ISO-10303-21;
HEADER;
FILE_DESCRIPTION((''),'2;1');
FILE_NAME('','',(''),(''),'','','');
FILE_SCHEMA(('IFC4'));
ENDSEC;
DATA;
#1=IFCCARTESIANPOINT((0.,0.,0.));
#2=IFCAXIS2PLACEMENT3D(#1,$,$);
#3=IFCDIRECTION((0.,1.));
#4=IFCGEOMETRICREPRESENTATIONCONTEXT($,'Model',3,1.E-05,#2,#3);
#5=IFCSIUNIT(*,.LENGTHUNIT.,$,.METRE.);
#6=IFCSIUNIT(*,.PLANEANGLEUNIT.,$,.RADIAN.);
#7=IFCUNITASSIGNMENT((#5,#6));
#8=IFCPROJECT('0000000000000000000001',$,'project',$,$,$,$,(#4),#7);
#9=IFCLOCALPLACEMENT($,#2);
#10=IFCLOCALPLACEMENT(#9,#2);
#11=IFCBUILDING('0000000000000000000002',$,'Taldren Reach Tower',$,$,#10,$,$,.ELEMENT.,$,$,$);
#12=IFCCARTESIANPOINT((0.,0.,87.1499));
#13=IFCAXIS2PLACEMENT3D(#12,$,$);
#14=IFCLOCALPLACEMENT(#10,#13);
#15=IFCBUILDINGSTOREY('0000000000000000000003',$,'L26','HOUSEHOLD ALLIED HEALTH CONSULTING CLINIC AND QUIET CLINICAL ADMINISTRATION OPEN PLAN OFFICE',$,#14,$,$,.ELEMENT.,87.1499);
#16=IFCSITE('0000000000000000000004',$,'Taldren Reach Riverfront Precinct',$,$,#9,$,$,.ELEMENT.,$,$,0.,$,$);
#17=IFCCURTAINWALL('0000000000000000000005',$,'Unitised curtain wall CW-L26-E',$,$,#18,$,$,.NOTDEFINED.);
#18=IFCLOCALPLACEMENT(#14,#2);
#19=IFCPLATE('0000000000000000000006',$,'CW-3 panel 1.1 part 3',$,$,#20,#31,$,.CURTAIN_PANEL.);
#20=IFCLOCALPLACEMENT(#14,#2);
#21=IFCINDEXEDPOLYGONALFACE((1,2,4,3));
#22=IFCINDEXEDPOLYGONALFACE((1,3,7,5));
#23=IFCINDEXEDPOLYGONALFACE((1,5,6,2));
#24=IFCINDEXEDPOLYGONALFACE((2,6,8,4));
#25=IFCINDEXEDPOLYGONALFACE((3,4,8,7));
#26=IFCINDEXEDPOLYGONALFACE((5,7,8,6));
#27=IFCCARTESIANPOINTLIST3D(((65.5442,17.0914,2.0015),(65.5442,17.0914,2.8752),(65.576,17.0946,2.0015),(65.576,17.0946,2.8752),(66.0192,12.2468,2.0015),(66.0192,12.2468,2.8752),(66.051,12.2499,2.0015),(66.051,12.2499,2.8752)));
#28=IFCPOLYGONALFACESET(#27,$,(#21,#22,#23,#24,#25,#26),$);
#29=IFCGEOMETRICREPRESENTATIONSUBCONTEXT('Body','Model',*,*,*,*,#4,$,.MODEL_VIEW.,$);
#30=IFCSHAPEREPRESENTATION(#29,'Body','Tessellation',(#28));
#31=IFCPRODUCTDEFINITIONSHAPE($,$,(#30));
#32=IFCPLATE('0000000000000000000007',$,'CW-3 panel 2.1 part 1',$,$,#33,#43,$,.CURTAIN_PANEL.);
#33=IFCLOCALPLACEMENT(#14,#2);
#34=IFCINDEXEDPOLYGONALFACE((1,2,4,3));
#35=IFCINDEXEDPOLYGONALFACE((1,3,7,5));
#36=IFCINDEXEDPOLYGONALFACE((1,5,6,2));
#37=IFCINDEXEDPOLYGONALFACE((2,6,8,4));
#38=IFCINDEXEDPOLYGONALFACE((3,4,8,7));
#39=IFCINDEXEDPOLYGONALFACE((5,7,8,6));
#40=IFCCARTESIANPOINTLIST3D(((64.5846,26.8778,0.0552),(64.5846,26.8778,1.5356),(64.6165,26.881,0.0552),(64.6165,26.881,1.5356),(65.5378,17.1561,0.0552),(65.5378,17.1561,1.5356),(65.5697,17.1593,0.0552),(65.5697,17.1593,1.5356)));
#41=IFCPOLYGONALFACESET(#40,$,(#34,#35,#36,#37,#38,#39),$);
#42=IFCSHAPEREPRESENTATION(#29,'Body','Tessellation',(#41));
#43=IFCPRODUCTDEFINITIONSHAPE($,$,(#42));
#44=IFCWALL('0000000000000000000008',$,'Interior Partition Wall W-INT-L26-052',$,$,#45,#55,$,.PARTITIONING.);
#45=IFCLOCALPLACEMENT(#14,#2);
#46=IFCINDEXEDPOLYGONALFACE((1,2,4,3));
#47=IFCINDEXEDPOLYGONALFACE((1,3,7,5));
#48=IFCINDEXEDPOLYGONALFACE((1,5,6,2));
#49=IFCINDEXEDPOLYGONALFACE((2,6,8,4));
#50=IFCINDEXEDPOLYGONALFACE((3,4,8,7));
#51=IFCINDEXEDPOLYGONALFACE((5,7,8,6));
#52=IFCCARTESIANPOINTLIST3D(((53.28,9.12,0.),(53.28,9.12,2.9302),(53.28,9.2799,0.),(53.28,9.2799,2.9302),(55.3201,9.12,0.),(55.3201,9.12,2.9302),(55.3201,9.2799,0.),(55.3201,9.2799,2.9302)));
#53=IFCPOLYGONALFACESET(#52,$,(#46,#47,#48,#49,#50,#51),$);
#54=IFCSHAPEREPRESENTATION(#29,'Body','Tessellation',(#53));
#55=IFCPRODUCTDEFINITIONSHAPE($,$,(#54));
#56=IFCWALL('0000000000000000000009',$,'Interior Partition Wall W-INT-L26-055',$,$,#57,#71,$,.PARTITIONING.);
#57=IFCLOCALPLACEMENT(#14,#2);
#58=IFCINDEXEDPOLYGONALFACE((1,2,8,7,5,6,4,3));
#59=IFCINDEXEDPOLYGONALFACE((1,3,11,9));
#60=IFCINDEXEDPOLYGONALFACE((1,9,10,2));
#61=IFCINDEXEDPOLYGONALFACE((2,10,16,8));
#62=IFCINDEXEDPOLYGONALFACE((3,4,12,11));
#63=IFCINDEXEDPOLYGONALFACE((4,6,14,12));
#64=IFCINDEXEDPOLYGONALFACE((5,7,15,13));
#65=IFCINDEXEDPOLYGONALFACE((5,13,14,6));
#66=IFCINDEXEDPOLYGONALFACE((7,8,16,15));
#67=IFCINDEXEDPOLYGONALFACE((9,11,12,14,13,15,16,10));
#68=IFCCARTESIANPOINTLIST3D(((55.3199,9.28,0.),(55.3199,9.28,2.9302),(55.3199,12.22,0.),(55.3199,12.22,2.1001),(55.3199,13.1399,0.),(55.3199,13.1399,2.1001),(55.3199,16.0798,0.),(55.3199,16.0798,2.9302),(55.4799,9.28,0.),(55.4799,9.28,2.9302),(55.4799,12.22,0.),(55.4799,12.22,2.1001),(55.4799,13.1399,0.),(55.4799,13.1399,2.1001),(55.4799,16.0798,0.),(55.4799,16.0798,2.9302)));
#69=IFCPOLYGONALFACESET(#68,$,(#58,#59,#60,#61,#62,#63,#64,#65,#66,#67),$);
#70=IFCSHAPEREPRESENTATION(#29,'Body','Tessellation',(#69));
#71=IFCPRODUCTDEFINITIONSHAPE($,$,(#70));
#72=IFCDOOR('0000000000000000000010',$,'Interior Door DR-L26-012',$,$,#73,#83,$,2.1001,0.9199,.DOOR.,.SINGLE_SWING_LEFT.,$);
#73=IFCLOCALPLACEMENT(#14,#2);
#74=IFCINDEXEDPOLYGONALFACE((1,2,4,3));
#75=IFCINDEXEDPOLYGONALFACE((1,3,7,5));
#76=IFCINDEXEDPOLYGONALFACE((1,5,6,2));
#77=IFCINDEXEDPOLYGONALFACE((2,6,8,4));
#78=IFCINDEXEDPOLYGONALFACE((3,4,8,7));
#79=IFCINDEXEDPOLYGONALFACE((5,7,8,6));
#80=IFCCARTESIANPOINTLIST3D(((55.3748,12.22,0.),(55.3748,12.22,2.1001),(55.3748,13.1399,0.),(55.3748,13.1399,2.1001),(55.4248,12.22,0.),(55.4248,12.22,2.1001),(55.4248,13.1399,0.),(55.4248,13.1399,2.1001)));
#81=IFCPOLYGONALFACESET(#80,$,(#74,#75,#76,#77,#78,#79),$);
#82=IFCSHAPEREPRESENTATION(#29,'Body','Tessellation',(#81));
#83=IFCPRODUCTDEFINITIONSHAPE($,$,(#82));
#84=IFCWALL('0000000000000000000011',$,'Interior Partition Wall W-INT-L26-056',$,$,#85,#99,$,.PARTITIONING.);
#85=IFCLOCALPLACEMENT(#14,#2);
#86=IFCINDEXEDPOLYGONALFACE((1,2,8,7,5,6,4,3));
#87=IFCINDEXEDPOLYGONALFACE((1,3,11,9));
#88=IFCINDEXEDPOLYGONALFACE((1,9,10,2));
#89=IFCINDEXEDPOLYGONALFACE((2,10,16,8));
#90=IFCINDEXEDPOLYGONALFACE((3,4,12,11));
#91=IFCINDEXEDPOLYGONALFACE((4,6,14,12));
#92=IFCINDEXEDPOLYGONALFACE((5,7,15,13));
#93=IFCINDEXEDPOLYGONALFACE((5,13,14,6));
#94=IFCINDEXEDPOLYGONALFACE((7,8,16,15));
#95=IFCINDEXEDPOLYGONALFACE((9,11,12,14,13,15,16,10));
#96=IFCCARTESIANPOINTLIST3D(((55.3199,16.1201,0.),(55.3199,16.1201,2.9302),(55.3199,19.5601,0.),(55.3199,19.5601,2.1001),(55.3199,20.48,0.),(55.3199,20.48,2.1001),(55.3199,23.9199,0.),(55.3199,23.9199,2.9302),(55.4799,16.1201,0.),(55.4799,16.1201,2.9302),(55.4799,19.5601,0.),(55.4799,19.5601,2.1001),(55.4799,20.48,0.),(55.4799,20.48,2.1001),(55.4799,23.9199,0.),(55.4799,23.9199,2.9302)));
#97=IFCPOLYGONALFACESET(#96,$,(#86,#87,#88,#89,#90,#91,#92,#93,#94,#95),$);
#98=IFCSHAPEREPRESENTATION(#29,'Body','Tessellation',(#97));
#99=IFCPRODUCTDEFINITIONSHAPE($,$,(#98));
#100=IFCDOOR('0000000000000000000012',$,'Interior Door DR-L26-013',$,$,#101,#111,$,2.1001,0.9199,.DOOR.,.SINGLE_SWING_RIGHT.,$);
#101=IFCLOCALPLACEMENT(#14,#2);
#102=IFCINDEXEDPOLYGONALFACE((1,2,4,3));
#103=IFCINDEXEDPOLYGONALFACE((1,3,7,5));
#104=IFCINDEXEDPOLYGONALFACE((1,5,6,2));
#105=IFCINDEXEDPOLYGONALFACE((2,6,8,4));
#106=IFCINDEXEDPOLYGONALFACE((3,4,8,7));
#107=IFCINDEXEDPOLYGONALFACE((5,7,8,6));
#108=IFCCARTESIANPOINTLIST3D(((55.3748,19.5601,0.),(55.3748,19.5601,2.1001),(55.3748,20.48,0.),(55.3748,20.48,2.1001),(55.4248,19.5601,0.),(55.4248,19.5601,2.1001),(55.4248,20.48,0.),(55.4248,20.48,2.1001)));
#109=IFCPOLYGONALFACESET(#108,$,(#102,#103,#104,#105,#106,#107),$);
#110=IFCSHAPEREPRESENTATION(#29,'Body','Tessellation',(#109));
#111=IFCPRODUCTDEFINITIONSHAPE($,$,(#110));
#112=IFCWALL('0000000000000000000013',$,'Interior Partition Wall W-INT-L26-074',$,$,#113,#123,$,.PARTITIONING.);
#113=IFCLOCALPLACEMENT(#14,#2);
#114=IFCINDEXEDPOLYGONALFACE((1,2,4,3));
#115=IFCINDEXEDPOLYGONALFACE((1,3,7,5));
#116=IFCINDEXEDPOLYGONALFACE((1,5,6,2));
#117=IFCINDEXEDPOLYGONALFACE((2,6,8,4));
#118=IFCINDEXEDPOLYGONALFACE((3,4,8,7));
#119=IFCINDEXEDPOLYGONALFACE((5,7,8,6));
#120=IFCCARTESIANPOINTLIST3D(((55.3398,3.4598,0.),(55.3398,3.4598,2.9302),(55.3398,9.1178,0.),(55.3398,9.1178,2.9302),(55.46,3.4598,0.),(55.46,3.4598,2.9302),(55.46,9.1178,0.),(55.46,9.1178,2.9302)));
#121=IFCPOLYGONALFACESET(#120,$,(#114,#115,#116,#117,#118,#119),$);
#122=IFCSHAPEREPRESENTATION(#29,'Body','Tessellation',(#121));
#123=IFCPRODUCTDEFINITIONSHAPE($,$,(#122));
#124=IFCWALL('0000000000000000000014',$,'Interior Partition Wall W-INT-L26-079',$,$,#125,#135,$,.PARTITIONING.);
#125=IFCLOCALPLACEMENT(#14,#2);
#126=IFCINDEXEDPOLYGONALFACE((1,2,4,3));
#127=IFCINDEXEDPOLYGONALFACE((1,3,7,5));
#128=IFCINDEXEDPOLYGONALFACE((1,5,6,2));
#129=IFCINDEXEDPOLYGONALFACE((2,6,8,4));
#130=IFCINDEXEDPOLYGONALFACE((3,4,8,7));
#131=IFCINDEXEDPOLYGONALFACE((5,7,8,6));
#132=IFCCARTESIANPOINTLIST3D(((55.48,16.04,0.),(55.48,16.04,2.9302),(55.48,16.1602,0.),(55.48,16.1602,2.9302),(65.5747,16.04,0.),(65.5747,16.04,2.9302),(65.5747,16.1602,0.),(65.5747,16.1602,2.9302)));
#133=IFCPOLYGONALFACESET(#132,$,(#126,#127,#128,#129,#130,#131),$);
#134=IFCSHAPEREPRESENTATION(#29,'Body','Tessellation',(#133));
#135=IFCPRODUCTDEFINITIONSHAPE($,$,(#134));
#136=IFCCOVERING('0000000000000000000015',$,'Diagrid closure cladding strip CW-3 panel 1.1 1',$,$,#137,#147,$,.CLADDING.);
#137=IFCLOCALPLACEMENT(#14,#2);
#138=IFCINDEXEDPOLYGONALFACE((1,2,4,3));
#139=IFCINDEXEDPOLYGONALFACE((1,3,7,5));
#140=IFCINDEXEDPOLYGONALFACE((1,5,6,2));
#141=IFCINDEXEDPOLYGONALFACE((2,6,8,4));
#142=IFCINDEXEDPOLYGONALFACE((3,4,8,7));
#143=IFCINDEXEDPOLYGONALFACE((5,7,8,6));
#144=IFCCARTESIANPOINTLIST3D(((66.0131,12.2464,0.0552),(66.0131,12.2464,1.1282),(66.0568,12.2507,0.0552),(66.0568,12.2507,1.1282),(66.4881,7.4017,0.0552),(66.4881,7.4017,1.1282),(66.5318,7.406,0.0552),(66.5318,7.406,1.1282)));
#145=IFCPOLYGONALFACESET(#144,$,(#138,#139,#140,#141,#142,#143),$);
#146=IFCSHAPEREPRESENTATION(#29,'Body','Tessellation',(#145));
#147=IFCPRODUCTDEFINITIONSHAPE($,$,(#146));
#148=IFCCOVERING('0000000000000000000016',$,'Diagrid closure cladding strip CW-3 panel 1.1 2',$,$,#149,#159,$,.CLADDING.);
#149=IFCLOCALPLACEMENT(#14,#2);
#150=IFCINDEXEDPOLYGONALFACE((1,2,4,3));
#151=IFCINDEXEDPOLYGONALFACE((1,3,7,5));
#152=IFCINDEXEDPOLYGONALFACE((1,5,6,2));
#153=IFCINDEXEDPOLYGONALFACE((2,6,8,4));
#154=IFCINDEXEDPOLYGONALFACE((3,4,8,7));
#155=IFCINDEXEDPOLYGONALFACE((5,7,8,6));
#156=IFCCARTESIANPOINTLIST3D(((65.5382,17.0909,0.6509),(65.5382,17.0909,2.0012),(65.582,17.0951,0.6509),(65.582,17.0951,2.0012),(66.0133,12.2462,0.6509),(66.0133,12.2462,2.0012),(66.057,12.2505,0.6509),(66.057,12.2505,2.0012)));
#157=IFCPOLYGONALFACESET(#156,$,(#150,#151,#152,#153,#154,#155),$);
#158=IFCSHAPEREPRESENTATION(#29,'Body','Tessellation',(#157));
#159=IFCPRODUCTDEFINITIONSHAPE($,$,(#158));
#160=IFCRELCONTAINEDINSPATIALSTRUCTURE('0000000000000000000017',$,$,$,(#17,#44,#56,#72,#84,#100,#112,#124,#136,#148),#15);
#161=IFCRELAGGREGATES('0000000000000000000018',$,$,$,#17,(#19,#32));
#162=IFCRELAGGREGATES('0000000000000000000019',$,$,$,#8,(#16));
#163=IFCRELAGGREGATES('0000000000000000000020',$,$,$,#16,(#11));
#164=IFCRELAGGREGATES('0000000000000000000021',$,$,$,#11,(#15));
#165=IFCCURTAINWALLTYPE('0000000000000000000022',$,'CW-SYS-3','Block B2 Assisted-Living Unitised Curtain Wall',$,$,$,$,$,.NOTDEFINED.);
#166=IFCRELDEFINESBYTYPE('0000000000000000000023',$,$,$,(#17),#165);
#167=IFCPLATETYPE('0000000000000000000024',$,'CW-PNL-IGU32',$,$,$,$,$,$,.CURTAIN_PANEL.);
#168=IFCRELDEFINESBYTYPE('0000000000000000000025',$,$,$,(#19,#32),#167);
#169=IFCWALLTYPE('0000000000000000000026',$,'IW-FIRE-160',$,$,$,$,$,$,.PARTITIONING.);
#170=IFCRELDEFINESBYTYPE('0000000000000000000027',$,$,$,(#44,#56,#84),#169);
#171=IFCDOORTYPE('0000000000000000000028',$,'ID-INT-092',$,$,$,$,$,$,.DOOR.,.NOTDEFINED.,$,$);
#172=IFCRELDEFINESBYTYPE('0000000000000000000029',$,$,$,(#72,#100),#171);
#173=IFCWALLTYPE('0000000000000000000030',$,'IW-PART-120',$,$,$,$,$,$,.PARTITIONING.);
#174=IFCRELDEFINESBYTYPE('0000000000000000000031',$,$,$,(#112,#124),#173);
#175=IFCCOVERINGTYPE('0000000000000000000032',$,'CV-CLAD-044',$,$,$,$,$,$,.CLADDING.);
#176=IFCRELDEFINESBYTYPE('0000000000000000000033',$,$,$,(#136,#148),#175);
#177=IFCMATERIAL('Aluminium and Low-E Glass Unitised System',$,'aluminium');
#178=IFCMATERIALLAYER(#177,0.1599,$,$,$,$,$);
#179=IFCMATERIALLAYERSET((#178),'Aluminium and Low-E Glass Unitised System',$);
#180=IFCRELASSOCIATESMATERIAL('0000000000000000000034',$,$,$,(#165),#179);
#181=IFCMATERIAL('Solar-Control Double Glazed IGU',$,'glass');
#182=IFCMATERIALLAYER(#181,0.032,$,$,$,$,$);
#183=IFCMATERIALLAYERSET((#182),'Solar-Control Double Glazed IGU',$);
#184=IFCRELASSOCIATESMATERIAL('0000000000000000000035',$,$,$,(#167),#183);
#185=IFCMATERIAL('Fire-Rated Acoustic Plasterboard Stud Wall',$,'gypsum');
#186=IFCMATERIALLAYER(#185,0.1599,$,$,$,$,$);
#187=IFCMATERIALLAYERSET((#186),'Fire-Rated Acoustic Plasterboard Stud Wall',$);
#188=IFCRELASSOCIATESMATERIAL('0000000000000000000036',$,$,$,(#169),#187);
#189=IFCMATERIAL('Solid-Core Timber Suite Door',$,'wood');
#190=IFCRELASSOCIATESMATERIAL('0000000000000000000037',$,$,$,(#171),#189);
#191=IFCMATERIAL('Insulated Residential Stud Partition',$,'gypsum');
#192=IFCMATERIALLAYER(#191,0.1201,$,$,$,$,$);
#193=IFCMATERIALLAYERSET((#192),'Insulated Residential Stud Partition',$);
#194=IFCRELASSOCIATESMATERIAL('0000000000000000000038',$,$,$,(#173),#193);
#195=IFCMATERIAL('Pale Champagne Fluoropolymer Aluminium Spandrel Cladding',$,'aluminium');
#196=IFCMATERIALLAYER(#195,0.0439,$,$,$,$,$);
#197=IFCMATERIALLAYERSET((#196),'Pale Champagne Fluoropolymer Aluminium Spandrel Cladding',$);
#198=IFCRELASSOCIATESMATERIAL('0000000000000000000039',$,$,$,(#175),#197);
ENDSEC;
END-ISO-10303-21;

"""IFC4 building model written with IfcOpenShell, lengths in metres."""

from ifc_helpers import new_model, si_unit, direction, frame, frame_2d, origin, origin_2d, place, context, subcontext, project, spatial, rectangle, extrude, source, transform, mapped, material, layer, layer_set, type_object, element, fill, aggregate, save


model = new_model("IFC4")

# Units and contexts
model_context = context("Model", 3, precision=1e-05, world=origin(), true_north=direction((0.0, 1.0)))
body_context = subcontext(model_context, "Body", "Model", "MODEL_VIEW")
ifc_project = project(units=[si_unit("LENGTHUNIT", "METRE"), si_unit("PLANEANGLEUNIT", "RADIAN")], contexts=[model_context])

# Site, building, storey
site_placement = place(None, origin())
site = spatial("IfcSite", under=ifc_project, at=site_placement, Name="Taldren Reach Riverfront Precinct", CompositionType="ELEMENT", RefElevation=0.0)
building_placement = place(site_placement, origin())
building = spatial("IfcBuilding", under=site, at=building_placement, Name="Taldren Reach Tower", CompositionType="ELEMENT")
storey_placement = place(building_placement, frame((0.0, 0.0, 87.1499)))
storey = spatial("IfcBuildingStorey", under=building, at=storey_placement, Name="L26", Description="HOUSEHOLD ALLIED HEALTH CONSULTING CLINIC AND QUIET CLINICAL ADMINISTRATION OPEN PLAN OFFICE", CompositionType="ELEMENT", Elevation=87.1499)

# Curtain wall
ifc_material_1 = material(Name="Aluminium and Low-E Glass Unitised System", Category="aluminium")
ifc_layer_1 = layer(ifc_material_1, 0.1599)
ifc_layer_set_1 = layer_set([ifc_layer_1], Name="Aluminium and Low-E Glass Unitised System")
curtain_wall_type = type_object("IfcCurtainWallType", Name="CW-SYS-3", Description="Block B2 Assisted-Living Unitised Curtain Wall", PredefinedType="NOTDEFINED", material=ifc_layer_set_1)
curtain_wall_placement = place(storey_placement, origin())
curtain_wall = element("IfcCurtainWall", 1, at=curtain_wall_placement, inside=storey, type_object=curtain_wall_type, Name="Unitised curtain wall CW-L26-E", PredefinedType="NOTDEFINED")

# Plates
ifc_material_2 = material(Name="Solar-Control Double Glazed IGU", Category="glass")
ifc_layer_2 = layer(ifc_material_2, 0.032)
ifc_layer_set_2 = layer_set([ifc_layer_2], Name="Solar-Control Double Glazed IGU")
plate_type_1 = type_object("IfcPlateType", Name="CW-PNL-IGU32", PredefinedType="CURTAIN_PANEL", material=ifc_layer_set_2)
shared_shape_1 = source(origin(), body_context, "Body", "SweptSolid", [
    extrude(rectangle(XDim=4.8679, YDim=0.032, at=origin_2d()), origin(), (0.0, 0.0, 1.0), 0.8738),
])
plate_1_placement = place(storey_placement, frame((65.7976, 14.6707, 2.0015), z_axis=(0.0, 0.0, 1.0), x_axis=(-0.097583, 0.995227, 0.0)))
plate_1 = element("IfcPlate", 2, at=plate_1_placement, type_object=plate_type_1, Name="CW-3 panel 1.1 part 3", PredefinedType="CURTAIN_PANEL", context=body_context, shape_type="MappedRepresentation", body=[
    mapped(shared_shape_1, transform((0.0, 0.0, 0.0), scale=1.0)),
])
shared_shape_2 = source(origin(), body_context, "Body", "SweptSolid", [
    extrude(rectangle(XDim=9.7683, YDim=0.032, at=origin_2d()), origin(), (0.0, 0.0, 1.0), 1.4805),
])
plate_2_placement = place(storey_placement, frame((65.0771, 22.0186, 0.0552), z_axis=(0.0, 0.0, 1.0), x_axis=(-0.097583, 0.995227, 0.0)))
plate_2 = element("IfcPlate", 3, at=plate_2_placement, type_object=plate_type_1, Name="CW-3 panel 2.1 part 1", PredefinedType="CURTAIN_PANEL", context=body_context, shape_type="MappedRepresentation", body=[
    mapped(shared_shape_2, transform((0.0, 0.0, 0.0), scale=1.0)),
])
aggregate(curtain_wall, [plate_1, plate_2])

# Wall
ifc_material_3 = material(Name="Fire-Rated Acoustic Plasterboard Stud Wall", Category="gypsum")
ifc_layer_3 = layer(ifc_material_3, 0.1599)
ifc_layer_set_3 = layer_set([ifc_layer_3], Name="Fire-Rated Acoustic Plasterboard Stud Wall")
wall_type_1 = type_object("IfcWallType", Name="IW-FIRE-160", PredefinedType="PARTITIONING", material=ifc_layer_set_3)
shared_shape_3 = source(origin(), body_context, "Body", "SweptSolid", [
    extrude(rectangle(XDim=2.04, YDim=0.1599, at=frame_2d((1.02, 0.0))), origin(), (0.0, 0.0, 1.0), 2.9302),
])
wall_1_placement = place(storey_placement, frame((55.3201, 9.2, 0.0), z_axis=(0.0, 0.0, 1.0), x_axis=(-1.0, 0.0, 0.0)))
element("IfcWall", 4, at=wall_1_placement, inside=storey, type_object=wall_type_1, Name="Interior Partition Wall W-INT-L26-052", PredefinedType="PARTITIONING", context=body_context, shape_type="MappedRepresentation", body=[
    mapped(shared_shape_3, transform((0.0, 0.0, 0.0), scale=1.0)),
])

# Walls, openings, doors
shared_shape_4 = source(origin(), body_context, "Body", "SweptSolid", [
    extrude(rectangle(XDim=6.7998, YDim=0.1599, at=frame_2d((3.3999, 0.0))), origin(), (0.0, 0.0, 1.0), 2.9302),
])
wall_2_placement = place(storey_placement, frame((55.3999, 16.0798, 0.0), z_axis=(0.0, 0.0, 1.0), x_axis=(0.0, -1.0, 0.0)))
wall_2 = element("IfcWall", 5, at=wall_2_placement, inside=storey, type_object=wall_type_1, Name="Interior Partition Wall W-INT-L26-055", PredefinedType="PARTITIONING", context=body_context, shape_type="MappedRepresentation", body=[
    mapped(shared_shape_4, transform((0.0, 0.0, 0.0), scale=1.0)),
])
shared_shape_5 = source(origin(), body_context, "Body", "SweptSolid", [
    extrude(rectangle(XDim=0.9199, YDim=2.1001, at=frame_2d((0.46, 1.05))), frame((0.0, 0.0898, 0.0), z_axis=(0.0, -1.0, 0.0), x_axis=(1.0, 0.0, 0.0)), (0.0, 0.0, 1.0), 0.1799),
])
opening_1_placement = place(wall_2_placement, frame((2.9399, 0.0, 0.0)))
opening_1 = element("IfcOpeningElement", 6, at=opening_1_placement, cuts=wall_2, PredefinedType="OPENING", context=body_context, shape_type="MappedRepresentation", body=[
    mapped(shared_shape_5, transform((0.0, 0.0, 0.0), scale=1.0)),
])
ifc_material_4 = material(Name="Solid-Core Timber Suite Door", Category="wood")
door_type = type_object("IfcDoorType", Name="ID-INT-092", OperationType="NOTDEFINED", PredefinedType="DOOR", material=ifc_material_4)
shared_shape_6 = source(origin(), body_context, "Body", "SweptSolid", [
    extrude(rectangle(XDim=0.9199, YDim=2.1001, at=frame_2d((0.46, 1.05))), frame((0.0, 0.0249, 0.0), z_axis=(0.0, -1.0, 0.0), x_axis=(1.0, 0.0, 0.0)), (0.0, 0.0, 1.0), 0.05),
])
door_1_placement = place(opening_1_placement, origin())
door_1 = element("IfcDoor", 7, at=door_1_placement, inside=storey, type_object=door_type, Name="Interior Door DR-L26-012", OperationType="SINGLE_SWING_LEFT", OverallHeight=2.1001, OverallWidth=0.9199, PredefinedType="DOOR", context=body_context, shape_type="MappedRepresentation", body=[
    mapped(shared_shape_6, transform((0.0, 0.0, 0.0), scale=1.0)),
])
fill(opening_1, door_1)
shared_shape_7 = source(origin(), body_context, "Body", "SweptSolid", [
    extrude(rectangle(XDim=7.7998, YDim=0.1599, at=frame_2d((3.8999, 0.0))), origin(), (0.0, 0.0, 1.0), 2.9302),
])
wall_3_placement = place(storey_placement, frame((55.3999, 23.9199, 0.0), z_axis=(0.0, 0.0, 1.0), x_axis=(0.0, -1.0, 0.0)))
wall_3 = element("IfcWall", 8, at=wall_3_placement, inside=storey, type_object=wall_type_1, Name="Interior Partition Wall W-INT-L26-056", PredefinedType="PARTITIONING", context=body_context, shape_type="MappedRepresentation", body=[
    mapped(shared_shape_7, transform((0.0, 0.0, 0.0), scale=1.0)),
])
opening_2_placement = place(wall_3_placement, frame((3.4399, 0.0, 0.0)))
opening_2 = element("IfcOpeningElement", 9, at=opening_2_placement, cuts=wall_3, PredefinedType="OPENING", context=body_context, shape_type="MappedRepresentation", body=[
    mapped(shared_shape_5, transform((0.0, 0.0, 0.0), scale=1.0)),
])
door_2_placement = place(opening_2_placement, origin())
door_2 = element("IfcDoor", 10, at=door_2_placement, inside=storey, type_object=door_type, Name="Interior Door DR-L26-013", OperationType="SINGLE_SWING_RIGHT", OverallHeight=2.1001, OverallWidth=0.9199, PredefinedType="DOOR", context=body_context, shape_type="MappedRepresentation", body=[
    mapped(shared_shape_6, transform((0.0, 0.0, 0.0), scale=1.0)),
])
fill(opening_2, door_2)

# Walls
ifc_material_5 = material(Name="Insulated Residential Stud Partition", Category="gypsum")
ifc_layer_4 = layer(ifc_material_5, 0.1201)
ifc_layer_set_4 = layer_set([ifc_layer_4], Name="Insulated Residential Stud Partition")
wall_type_2 = type_object("IfcWallType", Name="IW-PART-120", PredefinedType="PARTITIONING", material=ifc_layer_set_4)
shared_shape_8 = source(origin(), body_context, "Body", "SweptSolid", [
    extrude(rectangle(XDim=5.658, YDim=0.1201, at=frame_2d((2.8291, 0.0))), origin(), (0.0, 0.0, 1.0), 2.9302),
])
wall_4_placement = place(storey_placement, frame((55.3999, 9.1179, 0.0), z_axis=(0.0, 0.0, 1.0), x_axis=(0.0, -1.0, 0.0)))
element("IfcWall", 11, at=wall_4_placement, inside=storey, type_object=wall_type_2, Name="Interior Partition Wall W-INT-L26-074", PredefinedType="PARTITIONING", context=body_context, shape_type="MappedRepresentation", body=[
    mapped(shared_shape_8, transform((0.0, 0.0, 0.0), scale=1.0)),
])
shared_shape_9 = source(origin(), body_context, "Body", "SweptSolid", [
    extrude(rectangle(XDim=10.0947, YDim=0.1201, at=frame_2d((5.0474, 0.0))), origin(), (0.0, 0.0, 1.0), 2.9302),
])
wall_5_placement = place(storey_placement, frame((55.48, 16.1001, 0.0), z_axis=(0.0, 0.0, 1.0), x_axis=(1.0, 0.0, 0.0)))
element("IfcWall", 12, at=wall_5_placement, inside=storey, type_object=wall_type_2, Name="Interior Partition Wall W-INT-L26-079", PredefinedType="PARTITIONING", context=body_context, shape_type="MappedRepresentation", body=[
    mapped(shared_shape_9, transform((0.0, 0.0, 0.0), scale=1.0)),
])

# Coverings
ifc_material_6 = material(Name="Pale Champagne Fluoropolymer Aluminium Spandrel Cladding", Category="aluminium")
ifc_layer_5 = layer(ifc_material_6, 0.0439)
ifc_layer_set_5 = layer_set([ifc_layer_5], Name="Pale Champagne Fluoropolymer Aluminium Spandrel Cladding")
covering_type = type_object("IfcCoveringType", Name="CV-CLAD-044", PredefinedType="CLADDING", material=ifc_layer_set_5)
shared_shape_10 = source(origin(), body_context, "Body", "SweptSolid", [
    extrude(rectangle(XDim=4.8679, YDim=0.0439, at=origin_2d()), origin(), (0.0, 0.0, 1.0), 1.073),
])
covering_1_placement = place(storey_placement, frame((66.2725, 9.8262, 0.0552), z_axis=(0.0, 0.0, 1.0), x_axis=(-0.097583, 0.995227, 0.0)))
element("IfcCovering", 13, at=covering_1_placement, inside=storey, type_object=covering_type, Name="Diagrid closure cladding strip CW-3 panel 1.1 1", PredefinedType="CLADDING", context=body_context, shape_type="MappedRepresentation", body=[
    mapped(shared_shape_10, transform((0.0, 0.0, 0.0), scale=1.0)),
])
shared_shape_11 = source(origin(), body_context, "Body", "SweptSolid", [
    extrude(rectangle(XDim=4.8679, YDim=0.0439, at=origin_2d()), origin(), (0.0, 0.0, 1.0), 1.3503),
])
covering_2_placement = place(storey_placement, frame((65.7976, 14.6707, 0.6509), z_axis=(0.0, 0.0, 1.0), x_axis=(-0.097583, 0.995227, 0.0)))
element("IfcCovering", 14, at=covering_2_placement, inside=storey, type_object=covering_type, Name="Diagrid closure cladding strip CW-3 panel 1.1 2", PredefinedType="CLADDING", context=body_context, shape_type="MappedRepresentation", body=[
    mapped(shared_shape_11, transform((0.0, 0.0, 0.0), scale=1.0)),
])

save(model, "model.ifc")
